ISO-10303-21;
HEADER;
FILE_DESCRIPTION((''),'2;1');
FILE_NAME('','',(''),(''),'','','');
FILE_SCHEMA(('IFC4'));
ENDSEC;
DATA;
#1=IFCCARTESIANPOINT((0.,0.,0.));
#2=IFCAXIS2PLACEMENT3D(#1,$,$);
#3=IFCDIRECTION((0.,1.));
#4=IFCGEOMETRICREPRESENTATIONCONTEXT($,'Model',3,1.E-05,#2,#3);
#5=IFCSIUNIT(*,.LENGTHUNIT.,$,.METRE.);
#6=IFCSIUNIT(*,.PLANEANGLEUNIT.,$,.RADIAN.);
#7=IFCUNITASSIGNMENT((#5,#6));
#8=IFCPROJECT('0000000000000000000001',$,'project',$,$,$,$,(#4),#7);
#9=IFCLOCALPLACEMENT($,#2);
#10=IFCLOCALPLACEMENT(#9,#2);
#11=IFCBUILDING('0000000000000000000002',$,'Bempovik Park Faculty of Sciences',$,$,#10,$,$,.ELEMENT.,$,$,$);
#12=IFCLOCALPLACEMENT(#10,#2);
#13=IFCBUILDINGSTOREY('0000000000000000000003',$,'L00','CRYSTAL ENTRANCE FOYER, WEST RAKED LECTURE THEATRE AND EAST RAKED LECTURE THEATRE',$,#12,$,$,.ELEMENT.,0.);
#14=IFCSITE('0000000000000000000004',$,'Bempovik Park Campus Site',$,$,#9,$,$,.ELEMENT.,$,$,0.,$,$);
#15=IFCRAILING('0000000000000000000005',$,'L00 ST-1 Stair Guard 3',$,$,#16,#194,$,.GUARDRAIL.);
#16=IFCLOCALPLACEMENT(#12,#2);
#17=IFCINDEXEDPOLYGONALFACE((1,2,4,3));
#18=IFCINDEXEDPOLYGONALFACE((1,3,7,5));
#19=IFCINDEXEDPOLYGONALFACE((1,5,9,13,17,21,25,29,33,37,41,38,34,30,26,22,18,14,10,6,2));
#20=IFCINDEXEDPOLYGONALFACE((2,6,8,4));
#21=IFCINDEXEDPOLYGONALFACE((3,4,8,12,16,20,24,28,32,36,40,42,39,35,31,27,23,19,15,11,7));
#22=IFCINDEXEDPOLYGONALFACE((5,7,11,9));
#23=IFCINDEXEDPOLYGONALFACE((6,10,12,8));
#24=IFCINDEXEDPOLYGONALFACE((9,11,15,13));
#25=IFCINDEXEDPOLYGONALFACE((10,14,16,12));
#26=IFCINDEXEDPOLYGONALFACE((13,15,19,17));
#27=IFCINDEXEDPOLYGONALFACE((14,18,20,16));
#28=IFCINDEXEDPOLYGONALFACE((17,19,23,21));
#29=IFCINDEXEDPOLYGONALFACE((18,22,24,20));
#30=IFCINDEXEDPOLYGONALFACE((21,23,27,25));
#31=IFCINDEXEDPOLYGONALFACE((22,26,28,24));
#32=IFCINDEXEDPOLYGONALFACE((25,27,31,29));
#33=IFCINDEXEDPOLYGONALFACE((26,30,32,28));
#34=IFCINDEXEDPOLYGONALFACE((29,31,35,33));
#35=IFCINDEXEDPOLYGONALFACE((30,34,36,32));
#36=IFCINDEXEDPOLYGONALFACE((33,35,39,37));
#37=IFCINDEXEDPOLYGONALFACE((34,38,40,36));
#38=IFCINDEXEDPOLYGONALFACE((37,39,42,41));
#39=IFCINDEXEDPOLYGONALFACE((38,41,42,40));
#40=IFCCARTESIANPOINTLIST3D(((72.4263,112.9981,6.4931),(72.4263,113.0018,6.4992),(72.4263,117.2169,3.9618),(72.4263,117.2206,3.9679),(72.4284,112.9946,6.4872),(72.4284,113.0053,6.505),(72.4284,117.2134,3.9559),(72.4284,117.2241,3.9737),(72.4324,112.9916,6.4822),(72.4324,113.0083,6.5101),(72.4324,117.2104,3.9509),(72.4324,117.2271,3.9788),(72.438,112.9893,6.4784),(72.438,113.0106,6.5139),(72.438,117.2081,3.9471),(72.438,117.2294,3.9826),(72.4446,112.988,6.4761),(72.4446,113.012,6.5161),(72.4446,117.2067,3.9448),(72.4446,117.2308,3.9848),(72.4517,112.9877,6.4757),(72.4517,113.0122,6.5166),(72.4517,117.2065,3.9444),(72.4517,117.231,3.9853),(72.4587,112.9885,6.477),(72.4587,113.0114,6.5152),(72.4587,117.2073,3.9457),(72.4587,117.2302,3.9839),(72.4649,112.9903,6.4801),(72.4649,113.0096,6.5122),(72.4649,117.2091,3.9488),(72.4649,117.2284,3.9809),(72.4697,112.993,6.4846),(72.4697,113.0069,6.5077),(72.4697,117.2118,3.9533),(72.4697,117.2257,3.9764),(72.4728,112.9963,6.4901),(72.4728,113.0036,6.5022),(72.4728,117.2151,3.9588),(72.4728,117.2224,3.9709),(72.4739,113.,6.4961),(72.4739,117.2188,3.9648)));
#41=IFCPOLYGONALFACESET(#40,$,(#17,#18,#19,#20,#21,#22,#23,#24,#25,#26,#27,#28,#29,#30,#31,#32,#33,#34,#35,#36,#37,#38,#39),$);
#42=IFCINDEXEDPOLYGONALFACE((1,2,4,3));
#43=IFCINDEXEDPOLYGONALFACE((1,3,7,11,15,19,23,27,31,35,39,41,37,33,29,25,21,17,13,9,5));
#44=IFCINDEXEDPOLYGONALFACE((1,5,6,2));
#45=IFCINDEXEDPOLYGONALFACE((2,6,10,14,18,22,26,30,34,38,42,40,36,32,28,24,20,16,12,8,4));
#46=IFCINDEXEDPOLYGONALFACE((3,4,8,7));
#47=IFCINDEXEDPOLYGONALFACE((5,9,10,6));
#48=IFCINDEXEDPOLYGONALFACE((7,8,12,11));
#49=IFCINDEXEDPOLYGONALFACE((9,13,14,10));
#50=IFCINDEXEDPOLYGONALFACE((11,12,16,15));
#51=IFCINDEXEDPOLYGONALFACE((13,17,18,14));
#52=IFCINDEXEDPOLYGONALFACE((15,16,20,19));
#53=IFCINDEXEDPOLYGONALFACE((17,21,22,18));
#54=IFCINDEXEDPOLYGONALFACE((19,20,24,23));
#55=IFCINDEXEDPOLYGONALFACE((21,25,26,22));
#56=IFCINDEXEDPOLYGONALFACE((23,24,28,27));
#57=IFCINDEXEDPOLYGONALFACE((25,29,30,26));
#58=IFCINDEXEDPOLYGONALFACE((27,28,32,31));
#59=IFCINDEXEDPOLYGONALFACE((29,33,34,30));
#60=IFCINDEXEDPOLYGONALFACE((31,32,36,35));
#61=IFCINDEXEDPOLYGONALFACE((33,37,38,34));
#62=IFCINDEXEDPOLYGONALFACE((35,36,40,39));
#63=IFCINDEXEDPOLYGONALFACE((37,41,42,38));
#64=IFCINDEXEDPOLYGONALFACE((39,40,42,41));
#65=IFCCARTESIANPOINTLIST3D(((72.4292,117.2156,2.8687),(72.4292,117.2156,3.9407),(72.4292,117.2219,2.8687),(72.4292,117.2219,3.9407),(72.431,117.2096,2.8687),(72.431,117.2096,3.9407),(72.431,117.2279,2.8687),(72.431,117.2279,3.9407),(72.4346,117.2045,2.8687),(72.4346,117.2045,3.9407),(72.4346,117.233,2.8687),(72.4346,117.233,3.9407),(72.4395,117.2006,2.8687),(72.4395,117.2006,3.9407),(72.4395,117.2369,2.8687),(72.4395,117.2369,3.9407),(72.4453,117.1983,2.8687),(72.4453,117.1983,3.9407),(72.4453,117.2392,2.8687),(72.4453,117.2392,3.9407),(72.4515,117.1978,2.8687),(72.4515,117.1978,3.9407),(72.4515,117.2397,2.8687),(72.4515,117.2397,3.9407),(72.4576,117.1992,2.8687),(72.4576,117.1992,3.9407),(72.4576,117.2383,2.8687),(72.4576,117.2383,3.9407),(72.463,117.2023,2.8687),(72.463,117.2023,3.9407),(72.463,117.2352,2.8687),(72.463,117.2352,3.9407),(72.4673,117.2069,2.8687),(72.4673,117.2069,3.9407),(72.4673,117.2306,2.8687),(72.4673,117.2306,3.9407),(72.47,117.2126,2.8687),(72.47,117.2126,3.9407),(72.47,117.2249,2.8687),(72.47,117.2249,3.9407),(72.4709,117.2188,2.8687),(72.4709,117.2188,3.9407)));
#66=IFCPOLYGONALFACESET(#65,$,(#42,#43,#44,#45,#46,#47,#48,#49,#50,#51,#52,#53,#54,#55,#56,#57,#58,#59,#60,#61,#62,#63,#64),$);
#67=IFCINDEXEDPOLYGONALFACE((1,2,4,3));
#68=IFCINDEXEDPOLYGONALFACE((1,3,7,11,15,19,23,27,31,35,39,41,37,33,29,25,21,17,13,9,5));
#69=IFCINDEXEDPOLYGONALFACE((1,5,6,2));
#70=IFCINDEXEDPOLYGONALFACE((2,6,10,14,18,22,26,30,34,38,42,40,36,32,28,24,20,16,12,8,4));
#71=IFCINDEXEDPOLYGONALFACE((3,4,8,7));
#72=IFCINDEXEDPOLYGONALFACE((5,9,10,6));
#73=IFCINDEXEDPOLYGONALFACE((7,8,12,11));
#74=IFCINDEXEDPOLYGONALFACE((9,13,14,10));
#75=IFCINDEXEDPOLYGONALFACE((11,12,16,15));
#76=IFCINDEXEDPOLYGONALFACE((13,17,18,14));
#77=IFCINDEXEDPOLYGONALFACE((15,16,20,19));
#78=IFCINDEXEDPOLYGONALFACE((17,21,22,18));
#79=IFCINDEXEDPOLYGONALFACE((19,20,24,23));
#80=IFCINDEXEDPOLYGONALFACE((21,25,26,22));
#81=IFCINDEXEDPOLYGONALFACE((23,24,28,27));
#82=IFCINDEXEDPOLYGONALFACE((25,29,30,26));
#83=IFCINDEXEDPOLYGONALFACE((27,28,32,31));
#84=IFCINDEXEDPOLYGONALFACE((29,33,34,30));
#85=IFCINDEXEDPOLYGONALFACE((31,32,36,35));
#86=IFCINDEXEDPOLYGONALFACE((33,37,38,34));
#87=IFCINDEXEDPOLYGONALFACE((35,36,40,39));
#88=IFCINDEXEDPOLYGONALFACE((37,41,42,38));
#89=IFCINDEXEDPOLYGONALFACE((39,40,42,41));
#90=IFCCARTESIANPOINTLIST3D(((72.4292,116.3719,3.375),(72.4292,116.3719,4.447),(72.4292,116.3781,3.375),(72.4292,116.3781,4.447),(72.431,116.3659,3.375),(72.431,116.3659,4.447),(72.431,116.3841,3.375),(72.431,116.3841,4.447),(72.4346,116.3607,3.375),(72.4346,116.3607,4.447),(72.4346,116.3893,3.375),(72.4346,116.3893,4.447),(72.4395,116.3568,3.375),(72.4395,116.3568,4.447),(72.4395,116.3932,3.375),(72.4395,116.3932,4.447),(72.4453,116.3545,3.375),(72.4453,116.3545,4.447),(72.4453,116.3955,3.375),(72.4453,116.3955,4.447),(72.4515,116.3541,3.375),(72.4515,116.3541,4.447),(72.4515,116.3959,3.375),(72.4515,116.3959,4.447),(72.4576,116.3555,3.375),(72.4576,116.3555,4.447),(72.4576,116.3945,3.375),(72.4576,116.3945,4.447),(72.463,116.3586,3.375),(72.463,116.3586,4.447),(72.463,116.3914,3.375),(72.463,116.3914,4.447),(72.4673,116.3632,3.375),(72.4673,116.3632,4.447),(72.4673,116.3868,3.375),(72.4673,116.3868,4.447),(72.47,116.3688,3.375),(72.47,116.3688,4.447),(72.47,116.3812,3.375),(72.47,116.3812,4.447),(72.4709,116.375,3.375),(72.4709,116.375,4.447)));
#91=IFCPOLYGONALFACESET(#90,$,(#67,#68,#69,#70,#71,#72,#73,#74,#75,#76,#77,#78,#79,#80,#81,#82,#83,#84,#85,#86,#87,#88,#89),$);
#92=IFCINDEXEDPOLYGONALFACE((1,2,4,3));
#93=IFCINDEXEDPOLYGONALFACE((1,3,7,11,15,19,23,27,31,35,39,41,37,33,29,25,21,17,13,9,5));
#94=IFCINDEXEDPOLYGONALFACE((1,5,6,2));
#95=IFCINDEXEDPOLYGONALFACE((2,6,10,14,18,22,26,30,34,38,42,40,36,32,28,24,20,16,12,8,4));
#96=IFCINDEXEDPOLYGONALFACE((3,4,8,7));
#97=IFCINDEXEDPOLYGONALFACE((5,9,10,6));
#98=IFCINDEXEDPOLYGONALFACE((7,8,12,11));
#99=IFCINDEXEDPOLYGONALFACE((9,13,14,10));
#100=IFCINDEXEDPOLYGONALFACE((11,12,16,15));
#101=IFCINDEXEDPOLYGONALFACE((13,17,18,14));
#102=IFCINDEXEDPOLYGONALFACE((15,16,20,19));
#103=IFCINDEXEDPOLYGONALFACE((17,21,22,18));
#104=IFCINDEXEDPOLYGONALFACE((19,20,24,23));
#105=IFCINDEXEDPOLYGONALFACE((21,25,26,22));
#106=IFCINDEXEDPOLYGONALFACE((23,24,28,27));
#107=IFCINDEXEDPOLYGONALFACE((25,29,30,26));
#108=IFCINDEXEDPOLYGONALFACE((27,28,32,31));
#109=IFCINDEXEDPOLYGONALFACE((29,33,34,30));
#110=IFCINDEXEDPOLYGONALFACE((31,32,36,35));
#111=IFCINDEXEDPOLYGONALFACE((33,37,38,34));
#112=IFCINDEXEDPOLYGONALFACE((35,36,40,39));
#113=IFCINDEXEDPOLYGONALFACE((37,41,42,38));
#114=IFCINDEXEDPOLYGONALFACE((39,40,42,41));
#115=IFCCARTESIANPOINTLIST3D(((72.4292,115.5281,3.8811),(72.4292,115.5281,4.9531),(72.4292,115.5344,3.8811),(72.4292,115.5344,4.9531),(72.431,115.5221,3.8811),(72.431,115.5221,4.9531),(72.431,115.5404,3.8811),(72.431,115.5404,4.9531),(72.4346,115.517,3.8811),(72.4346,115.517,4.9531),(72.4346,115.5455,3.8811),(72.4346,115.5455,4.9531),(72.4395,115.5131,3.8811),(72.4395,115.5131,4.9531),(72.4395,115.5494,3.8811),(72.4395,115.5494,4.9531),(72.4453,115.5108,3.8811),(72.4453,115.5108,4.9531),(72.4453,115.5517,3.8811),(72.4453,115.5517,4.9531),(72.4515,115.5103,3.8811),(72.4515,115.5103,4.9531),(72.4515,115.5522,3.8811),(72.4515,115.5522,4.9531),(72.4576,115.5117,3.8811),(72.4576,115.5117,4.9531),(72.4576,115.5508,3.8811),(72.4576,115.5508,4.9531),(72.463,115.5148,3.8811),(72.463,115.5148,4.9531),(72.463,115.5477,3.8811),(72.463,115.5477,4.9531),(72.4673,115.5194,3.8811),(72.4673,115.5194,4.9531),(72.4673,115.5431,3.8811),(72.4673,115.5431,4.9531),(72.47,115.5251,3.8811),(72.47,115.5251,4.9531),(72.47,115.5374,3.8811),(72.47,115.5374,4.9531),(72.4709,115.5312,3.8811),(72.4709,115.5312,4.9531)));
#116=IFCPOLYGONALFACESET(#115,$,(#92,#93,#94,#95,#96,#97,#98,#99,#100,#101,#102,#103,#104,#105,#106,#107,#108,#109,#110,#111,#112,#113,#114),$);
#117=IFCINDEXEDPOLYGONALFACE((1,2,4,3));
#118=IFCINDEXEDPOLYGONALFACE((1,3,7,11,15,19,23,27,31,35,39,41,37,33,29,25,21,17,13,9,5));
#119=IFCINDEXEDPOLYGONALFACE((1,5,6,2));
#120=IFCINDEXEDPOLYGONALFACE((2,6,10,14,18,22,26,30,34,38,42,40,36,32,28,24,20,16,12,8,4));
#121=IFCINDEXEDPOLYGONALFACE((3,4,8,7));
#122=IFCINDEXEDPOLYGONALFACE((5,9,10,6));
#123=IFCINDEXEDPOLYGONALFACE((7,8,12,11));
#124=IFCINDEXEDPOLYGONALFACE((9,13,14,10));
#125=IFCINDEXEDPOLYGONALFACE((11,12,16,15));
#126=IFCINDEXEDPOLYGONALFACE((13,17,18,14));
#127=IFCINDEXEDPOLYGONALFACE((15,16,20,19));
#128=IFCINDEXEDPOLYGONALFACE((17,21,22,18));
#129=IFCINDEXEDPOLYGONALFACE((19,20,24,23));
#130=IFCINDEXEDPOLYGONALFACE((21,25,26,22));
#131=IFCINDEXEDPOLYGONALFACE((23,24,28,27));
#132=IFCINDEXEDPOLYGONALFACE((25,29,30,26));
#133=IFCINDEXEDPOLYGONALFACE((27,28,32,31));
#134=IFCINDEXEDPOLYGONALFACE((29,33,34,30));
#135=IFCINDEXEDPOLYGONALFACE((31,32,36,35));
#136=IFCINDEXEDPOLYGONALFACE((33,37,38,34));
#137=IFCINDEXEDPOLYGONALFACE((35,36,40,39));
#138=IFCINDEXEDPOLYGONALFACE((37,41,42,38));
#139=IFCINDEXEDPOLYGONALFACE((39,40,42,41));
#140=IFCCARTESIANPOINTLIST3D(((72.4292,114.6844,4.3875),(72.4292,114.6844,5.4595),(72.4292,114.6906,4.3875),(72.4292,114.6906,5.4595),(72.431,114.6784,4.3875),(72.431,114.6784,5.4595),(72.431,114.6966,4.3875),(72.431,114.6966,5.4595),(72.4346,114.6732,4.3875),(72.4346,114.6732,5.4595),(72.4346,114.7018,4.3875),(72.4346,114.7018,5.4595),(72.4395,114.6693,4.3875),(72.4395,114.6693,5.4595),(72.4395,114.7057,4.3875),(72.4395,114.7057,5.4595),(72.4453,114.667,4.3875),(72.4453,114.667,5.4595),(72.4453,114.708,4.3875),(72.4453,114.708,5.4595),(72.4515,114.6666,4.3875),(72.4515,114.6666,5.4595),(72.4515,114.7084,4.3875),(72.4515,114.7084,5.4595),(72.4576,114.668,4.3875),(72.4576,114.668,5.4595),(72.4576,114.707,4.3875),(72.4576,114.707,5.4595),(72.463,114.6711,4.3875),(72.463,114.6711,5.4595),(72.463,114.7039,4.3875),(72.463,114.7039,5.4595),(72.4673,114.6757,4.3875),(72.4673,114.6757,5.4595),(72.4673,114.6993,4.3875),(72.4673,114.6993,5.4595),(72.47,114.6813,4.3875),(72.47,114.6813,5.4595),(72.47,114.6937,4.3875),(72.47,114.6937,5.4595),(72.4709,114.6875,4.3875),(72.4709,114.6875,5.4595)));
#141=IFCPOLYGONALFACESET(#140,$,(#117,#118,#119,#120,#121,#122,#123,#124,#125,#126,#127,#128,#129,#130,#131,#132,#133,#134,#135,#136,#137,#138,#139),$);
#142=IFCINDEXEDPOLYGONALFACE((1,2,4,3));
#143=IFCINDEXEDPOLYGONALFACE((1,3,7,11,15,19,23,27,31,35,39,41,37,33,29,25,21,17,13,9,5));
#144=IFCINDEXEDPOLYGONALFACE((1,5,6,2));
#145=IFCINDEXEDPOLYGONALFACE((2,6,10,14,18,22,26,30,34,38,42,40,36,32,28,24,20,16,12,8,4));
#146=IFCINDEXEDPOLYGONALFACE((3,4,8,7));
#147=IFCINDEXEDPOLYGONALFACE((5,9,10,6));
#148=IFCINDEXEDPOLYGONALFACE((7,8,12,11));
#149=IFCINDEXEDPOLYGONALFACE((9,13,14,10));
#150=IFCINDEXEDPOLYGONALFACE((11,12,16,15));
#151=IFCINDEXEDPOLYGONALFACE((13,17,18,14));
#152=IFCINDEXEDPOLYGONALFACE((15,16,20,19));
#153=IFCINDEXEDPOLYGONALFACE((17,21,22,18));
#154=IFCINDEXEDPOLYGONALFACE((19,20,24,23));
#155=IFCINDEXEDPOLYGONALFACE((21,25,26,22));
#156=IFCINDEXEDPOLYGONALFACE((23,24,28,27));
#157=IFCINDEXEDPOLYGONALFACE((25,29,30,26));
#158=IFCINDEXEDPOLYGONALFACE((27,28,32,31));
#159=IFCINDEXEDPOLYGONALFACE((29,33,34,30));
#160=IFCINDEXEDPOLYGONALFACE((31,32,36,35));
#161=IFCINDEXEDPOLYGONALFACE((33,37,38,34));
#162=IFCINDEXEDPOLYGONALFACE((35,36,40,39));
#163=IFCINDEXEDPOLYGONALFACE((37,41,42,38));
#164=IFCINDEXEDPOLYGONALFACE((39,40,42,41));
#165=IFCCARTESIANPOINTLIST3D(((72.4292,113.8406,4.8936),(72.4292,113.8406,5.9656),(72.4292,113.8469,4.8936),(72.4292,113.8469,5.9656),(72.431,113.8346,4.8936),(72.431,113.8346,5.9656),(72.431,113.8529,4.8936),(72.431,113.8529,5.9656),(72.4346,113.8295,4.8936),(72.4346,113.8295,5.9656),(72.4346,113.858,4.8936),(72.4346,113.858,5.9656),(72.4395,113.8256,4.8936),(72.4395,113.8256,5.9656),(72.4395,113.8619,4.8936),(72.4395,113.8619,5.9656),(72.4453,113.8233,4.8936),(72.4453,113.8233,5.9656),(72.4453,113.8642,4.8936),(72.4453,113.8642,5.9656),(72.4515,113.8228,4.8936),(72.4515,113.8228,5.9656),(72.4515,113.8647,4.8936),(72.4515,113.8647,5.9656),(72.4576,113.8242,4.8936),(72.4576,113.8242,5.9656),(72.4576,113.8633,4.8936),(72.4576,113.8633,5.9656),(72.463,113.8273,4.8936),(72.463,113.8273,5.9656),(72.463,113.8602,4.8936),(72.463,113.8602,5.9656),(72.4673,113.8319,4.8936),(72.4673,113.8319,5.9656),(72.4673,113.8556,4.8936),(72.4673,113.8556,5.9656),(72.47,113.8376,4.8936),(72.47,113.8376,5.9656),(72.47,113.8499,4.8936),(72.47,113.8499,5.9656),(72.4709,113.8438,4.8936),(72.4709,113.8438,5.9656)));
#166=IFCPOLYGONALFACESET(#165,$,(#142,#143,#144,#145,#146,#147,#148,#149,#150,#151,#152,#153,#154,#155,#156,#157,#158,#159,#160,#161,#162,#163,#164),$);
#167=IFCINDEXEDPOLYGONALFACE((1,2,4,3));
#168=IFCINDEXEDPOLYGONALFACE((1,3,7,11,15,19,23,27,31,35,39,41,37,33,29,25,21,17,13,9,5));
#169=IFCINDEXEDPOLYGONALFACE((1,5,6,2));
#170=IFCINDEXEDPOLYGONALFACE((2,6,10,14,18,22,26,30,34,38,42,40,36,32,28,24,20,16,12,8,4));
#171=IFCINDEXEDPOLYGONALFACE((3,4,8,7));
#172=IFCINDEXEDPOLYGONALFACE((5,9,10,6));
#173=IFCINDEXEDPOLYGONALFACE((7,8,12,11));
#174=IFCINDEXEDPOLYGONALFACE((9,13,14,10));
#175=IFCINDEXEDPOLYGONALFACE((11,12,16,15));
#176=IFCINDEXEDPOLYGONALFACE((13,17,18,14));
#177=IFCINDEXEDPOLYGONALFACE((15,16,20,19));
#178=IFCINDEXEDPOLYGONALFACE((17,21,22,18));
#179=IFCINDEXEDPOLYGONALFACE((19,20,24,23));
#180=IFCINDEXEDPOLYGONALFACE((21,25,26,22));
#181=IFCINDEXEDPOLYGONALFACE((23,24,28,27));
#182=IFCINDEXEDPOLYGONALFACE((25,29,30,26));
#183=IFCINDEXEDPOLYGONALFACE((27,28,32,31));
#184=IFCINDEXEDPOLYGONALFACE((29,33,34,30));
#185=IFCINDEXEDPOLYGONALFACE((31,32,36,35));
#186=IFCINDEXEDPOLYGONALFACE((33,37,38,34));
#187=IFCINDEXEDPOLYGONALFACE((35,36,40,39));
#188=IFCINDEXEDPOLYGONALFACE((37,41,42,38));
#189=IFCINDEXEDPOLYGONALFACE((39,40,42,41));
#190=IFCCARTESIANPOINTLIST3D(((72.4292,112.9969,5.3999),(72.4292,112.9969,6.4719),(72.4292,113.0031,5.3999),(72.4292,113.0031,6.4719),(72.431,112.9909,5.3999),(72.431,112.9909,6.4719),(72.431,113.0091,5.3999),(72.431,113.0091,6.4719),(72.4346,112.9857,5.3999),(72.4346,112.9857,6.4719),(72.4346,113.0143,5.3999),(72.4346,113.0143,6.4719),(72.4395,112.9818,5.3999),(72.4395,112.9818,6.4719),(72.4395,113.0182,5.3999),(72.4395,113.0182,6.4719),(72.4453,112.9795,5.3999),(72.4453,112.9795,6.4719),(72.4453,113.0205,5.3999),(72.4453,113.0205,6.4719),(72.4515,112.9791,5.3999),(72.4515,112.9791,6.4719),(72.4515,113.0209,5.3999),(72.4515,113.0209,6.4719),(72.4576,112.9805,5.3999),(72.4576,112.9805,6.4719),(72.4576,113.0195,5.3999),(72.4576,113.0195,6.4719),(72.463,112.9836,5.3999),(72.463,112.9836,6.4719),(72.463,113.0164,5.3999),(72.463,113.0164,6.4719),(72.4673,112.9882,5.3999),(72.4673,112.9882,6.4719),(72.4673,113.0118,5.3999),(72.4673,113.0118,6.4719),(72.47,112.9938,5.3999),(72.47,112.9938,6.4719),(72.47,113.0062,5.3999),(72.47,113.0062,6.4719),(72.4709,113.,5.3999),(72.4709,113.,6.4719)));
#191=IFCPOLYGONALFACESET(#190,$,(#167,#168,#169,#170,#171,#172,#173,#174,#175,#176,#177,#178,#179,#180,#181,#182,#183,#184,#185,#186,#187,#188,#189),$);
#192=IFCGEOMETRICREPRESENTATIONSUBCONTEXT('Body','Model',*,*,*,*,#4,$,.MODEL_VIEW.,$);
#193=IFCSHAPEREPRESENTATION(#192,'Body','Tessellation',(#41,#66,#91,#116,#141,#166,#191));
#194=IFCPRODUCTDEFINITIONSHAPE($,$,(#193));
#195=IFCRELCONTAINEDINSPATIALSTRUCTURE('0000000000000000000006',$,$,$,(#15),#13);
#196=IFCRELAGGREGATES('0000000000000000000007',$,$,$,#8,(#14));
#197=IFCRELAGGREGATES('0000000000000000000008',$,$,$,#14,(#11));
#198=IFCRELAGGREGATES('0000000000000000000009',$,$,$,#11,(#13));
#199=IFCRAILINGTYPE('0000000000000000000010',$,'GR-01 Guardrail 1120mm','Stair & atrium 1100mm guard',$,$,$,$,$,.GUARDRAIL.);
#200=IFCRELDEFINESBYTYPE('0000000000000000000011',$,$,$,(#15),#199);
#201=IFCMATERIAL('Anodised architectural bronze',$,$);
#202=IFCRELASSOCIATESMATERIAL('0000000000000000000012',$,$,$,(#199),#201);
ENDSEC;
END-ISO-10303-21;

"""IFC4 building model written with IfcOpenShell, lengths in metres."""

from ifc_helpers import new_model, si_unit, direction, frame, origin, origin_2d, place, context, subcontext, project, spatial, circle, extrude, material, type_object, element, save


model = new_model("IFC4")

# Units and contexts
model_context = context("Model", 3, precision=1e-05, world=origin(), true_north=direction((0.0, 1.0)))
body_context = subcontext(model_context, "Body", "Model", "MODEL_VIEW")
ifc_project = project(units=[si_unit("LENGTHUNIT", "METRE"), si_unit("PLANEANGLEUNIT", "RADIAN")], contexts=[model_context])

# Site, building, storey
site_placement = place(None, origin())
site = spatial("IfcSite", under=ifc_project, at=site_placement, Name="Bempovik Park Campus Site", CompositionType="ELEMENT", RefElevation=0.0)
building_placement = place(site_placement, origin())
building = spatial("IfcBuilding", under=site, at=building_placement, Name="Bempovik Park Faculty of Sciences", CompositionType="ELEMENT")
storey_placement = place(building_placement, origin())
storey = spatial("IfcBuildingStorey", under=building, at=storey_placement, Name="L00", Description="CRYSTAL ENTRANCE FOYER, WEST RAKED LECTURE THEATRE AND EAST RAKED LECTURE THEATRE", CompositionType="ELEMENT", Elevation=0.0)

# Railing
ifc_material_1 = material(Name="Anodised architectural bronze")
railing_type_1 = type_object("IfcRailingType", Name="GR-01 Guardrail 1120mm", Description="Stair & atrium 1100mm guard", PredefinedType="GUARDRAIL", material=ifc_material_1)
railing_1_placement = place(storey_placement, frame((72.45, 117.2188, 2.8687)))
element("IfcRailing", 1, at=railing_1_placement, inside=storey, type_object=railing_type_1, Name="L00 ST-1 Stair Guard 3", PredefinedType="GUARDRAIL", context=body_context, shape_type="SweptSolid", body=[
    extrude(circle(Radius=0.0239, at=origin_2d()), frame((0.0, 0.0, 1.0962), z_axis=(0.0, -0.857493, 0.514496), x_axis=(1.0, 0.0, 0.0)), (0.0, 0.0, 1.0), 4.9199),
    extrude(circle(Radius=0.021, at=origin_2d()), origin(), (0.0, 0.0, 1.0), 1.072),
    extrude(circle(Radius=0.021, at=origin_2d()), frame((0.0, -0.8438, 0.5063)), (0.0, 0.0, 1.0), 1.072),
    extrude(circle(Radius=0.021, at=origin_2d()), frame((0.0, -1.6875, 1.0125)), (0.0, 0.0, 1.0), 1.072),
    extrude(circle(Radius=0.021, at=origin_2d()), frame((0.0, -2.5312, 1.5188)), (0.0, 0.0, 1.0), 1.072),
    extrude(circle(Radius=0.021, at=origin_2d()), frame((0.0, -3.375, 2.0249)), (0.0, 0.0, 1.0), 1.072),
    extrude(circle(Radius=0.021, at=origin_2d()), frame((0.0, -4.2188, 2.5312)), (0.0, 0.0, 1.0), 1.072),
])

save(model, "model.ifc")
